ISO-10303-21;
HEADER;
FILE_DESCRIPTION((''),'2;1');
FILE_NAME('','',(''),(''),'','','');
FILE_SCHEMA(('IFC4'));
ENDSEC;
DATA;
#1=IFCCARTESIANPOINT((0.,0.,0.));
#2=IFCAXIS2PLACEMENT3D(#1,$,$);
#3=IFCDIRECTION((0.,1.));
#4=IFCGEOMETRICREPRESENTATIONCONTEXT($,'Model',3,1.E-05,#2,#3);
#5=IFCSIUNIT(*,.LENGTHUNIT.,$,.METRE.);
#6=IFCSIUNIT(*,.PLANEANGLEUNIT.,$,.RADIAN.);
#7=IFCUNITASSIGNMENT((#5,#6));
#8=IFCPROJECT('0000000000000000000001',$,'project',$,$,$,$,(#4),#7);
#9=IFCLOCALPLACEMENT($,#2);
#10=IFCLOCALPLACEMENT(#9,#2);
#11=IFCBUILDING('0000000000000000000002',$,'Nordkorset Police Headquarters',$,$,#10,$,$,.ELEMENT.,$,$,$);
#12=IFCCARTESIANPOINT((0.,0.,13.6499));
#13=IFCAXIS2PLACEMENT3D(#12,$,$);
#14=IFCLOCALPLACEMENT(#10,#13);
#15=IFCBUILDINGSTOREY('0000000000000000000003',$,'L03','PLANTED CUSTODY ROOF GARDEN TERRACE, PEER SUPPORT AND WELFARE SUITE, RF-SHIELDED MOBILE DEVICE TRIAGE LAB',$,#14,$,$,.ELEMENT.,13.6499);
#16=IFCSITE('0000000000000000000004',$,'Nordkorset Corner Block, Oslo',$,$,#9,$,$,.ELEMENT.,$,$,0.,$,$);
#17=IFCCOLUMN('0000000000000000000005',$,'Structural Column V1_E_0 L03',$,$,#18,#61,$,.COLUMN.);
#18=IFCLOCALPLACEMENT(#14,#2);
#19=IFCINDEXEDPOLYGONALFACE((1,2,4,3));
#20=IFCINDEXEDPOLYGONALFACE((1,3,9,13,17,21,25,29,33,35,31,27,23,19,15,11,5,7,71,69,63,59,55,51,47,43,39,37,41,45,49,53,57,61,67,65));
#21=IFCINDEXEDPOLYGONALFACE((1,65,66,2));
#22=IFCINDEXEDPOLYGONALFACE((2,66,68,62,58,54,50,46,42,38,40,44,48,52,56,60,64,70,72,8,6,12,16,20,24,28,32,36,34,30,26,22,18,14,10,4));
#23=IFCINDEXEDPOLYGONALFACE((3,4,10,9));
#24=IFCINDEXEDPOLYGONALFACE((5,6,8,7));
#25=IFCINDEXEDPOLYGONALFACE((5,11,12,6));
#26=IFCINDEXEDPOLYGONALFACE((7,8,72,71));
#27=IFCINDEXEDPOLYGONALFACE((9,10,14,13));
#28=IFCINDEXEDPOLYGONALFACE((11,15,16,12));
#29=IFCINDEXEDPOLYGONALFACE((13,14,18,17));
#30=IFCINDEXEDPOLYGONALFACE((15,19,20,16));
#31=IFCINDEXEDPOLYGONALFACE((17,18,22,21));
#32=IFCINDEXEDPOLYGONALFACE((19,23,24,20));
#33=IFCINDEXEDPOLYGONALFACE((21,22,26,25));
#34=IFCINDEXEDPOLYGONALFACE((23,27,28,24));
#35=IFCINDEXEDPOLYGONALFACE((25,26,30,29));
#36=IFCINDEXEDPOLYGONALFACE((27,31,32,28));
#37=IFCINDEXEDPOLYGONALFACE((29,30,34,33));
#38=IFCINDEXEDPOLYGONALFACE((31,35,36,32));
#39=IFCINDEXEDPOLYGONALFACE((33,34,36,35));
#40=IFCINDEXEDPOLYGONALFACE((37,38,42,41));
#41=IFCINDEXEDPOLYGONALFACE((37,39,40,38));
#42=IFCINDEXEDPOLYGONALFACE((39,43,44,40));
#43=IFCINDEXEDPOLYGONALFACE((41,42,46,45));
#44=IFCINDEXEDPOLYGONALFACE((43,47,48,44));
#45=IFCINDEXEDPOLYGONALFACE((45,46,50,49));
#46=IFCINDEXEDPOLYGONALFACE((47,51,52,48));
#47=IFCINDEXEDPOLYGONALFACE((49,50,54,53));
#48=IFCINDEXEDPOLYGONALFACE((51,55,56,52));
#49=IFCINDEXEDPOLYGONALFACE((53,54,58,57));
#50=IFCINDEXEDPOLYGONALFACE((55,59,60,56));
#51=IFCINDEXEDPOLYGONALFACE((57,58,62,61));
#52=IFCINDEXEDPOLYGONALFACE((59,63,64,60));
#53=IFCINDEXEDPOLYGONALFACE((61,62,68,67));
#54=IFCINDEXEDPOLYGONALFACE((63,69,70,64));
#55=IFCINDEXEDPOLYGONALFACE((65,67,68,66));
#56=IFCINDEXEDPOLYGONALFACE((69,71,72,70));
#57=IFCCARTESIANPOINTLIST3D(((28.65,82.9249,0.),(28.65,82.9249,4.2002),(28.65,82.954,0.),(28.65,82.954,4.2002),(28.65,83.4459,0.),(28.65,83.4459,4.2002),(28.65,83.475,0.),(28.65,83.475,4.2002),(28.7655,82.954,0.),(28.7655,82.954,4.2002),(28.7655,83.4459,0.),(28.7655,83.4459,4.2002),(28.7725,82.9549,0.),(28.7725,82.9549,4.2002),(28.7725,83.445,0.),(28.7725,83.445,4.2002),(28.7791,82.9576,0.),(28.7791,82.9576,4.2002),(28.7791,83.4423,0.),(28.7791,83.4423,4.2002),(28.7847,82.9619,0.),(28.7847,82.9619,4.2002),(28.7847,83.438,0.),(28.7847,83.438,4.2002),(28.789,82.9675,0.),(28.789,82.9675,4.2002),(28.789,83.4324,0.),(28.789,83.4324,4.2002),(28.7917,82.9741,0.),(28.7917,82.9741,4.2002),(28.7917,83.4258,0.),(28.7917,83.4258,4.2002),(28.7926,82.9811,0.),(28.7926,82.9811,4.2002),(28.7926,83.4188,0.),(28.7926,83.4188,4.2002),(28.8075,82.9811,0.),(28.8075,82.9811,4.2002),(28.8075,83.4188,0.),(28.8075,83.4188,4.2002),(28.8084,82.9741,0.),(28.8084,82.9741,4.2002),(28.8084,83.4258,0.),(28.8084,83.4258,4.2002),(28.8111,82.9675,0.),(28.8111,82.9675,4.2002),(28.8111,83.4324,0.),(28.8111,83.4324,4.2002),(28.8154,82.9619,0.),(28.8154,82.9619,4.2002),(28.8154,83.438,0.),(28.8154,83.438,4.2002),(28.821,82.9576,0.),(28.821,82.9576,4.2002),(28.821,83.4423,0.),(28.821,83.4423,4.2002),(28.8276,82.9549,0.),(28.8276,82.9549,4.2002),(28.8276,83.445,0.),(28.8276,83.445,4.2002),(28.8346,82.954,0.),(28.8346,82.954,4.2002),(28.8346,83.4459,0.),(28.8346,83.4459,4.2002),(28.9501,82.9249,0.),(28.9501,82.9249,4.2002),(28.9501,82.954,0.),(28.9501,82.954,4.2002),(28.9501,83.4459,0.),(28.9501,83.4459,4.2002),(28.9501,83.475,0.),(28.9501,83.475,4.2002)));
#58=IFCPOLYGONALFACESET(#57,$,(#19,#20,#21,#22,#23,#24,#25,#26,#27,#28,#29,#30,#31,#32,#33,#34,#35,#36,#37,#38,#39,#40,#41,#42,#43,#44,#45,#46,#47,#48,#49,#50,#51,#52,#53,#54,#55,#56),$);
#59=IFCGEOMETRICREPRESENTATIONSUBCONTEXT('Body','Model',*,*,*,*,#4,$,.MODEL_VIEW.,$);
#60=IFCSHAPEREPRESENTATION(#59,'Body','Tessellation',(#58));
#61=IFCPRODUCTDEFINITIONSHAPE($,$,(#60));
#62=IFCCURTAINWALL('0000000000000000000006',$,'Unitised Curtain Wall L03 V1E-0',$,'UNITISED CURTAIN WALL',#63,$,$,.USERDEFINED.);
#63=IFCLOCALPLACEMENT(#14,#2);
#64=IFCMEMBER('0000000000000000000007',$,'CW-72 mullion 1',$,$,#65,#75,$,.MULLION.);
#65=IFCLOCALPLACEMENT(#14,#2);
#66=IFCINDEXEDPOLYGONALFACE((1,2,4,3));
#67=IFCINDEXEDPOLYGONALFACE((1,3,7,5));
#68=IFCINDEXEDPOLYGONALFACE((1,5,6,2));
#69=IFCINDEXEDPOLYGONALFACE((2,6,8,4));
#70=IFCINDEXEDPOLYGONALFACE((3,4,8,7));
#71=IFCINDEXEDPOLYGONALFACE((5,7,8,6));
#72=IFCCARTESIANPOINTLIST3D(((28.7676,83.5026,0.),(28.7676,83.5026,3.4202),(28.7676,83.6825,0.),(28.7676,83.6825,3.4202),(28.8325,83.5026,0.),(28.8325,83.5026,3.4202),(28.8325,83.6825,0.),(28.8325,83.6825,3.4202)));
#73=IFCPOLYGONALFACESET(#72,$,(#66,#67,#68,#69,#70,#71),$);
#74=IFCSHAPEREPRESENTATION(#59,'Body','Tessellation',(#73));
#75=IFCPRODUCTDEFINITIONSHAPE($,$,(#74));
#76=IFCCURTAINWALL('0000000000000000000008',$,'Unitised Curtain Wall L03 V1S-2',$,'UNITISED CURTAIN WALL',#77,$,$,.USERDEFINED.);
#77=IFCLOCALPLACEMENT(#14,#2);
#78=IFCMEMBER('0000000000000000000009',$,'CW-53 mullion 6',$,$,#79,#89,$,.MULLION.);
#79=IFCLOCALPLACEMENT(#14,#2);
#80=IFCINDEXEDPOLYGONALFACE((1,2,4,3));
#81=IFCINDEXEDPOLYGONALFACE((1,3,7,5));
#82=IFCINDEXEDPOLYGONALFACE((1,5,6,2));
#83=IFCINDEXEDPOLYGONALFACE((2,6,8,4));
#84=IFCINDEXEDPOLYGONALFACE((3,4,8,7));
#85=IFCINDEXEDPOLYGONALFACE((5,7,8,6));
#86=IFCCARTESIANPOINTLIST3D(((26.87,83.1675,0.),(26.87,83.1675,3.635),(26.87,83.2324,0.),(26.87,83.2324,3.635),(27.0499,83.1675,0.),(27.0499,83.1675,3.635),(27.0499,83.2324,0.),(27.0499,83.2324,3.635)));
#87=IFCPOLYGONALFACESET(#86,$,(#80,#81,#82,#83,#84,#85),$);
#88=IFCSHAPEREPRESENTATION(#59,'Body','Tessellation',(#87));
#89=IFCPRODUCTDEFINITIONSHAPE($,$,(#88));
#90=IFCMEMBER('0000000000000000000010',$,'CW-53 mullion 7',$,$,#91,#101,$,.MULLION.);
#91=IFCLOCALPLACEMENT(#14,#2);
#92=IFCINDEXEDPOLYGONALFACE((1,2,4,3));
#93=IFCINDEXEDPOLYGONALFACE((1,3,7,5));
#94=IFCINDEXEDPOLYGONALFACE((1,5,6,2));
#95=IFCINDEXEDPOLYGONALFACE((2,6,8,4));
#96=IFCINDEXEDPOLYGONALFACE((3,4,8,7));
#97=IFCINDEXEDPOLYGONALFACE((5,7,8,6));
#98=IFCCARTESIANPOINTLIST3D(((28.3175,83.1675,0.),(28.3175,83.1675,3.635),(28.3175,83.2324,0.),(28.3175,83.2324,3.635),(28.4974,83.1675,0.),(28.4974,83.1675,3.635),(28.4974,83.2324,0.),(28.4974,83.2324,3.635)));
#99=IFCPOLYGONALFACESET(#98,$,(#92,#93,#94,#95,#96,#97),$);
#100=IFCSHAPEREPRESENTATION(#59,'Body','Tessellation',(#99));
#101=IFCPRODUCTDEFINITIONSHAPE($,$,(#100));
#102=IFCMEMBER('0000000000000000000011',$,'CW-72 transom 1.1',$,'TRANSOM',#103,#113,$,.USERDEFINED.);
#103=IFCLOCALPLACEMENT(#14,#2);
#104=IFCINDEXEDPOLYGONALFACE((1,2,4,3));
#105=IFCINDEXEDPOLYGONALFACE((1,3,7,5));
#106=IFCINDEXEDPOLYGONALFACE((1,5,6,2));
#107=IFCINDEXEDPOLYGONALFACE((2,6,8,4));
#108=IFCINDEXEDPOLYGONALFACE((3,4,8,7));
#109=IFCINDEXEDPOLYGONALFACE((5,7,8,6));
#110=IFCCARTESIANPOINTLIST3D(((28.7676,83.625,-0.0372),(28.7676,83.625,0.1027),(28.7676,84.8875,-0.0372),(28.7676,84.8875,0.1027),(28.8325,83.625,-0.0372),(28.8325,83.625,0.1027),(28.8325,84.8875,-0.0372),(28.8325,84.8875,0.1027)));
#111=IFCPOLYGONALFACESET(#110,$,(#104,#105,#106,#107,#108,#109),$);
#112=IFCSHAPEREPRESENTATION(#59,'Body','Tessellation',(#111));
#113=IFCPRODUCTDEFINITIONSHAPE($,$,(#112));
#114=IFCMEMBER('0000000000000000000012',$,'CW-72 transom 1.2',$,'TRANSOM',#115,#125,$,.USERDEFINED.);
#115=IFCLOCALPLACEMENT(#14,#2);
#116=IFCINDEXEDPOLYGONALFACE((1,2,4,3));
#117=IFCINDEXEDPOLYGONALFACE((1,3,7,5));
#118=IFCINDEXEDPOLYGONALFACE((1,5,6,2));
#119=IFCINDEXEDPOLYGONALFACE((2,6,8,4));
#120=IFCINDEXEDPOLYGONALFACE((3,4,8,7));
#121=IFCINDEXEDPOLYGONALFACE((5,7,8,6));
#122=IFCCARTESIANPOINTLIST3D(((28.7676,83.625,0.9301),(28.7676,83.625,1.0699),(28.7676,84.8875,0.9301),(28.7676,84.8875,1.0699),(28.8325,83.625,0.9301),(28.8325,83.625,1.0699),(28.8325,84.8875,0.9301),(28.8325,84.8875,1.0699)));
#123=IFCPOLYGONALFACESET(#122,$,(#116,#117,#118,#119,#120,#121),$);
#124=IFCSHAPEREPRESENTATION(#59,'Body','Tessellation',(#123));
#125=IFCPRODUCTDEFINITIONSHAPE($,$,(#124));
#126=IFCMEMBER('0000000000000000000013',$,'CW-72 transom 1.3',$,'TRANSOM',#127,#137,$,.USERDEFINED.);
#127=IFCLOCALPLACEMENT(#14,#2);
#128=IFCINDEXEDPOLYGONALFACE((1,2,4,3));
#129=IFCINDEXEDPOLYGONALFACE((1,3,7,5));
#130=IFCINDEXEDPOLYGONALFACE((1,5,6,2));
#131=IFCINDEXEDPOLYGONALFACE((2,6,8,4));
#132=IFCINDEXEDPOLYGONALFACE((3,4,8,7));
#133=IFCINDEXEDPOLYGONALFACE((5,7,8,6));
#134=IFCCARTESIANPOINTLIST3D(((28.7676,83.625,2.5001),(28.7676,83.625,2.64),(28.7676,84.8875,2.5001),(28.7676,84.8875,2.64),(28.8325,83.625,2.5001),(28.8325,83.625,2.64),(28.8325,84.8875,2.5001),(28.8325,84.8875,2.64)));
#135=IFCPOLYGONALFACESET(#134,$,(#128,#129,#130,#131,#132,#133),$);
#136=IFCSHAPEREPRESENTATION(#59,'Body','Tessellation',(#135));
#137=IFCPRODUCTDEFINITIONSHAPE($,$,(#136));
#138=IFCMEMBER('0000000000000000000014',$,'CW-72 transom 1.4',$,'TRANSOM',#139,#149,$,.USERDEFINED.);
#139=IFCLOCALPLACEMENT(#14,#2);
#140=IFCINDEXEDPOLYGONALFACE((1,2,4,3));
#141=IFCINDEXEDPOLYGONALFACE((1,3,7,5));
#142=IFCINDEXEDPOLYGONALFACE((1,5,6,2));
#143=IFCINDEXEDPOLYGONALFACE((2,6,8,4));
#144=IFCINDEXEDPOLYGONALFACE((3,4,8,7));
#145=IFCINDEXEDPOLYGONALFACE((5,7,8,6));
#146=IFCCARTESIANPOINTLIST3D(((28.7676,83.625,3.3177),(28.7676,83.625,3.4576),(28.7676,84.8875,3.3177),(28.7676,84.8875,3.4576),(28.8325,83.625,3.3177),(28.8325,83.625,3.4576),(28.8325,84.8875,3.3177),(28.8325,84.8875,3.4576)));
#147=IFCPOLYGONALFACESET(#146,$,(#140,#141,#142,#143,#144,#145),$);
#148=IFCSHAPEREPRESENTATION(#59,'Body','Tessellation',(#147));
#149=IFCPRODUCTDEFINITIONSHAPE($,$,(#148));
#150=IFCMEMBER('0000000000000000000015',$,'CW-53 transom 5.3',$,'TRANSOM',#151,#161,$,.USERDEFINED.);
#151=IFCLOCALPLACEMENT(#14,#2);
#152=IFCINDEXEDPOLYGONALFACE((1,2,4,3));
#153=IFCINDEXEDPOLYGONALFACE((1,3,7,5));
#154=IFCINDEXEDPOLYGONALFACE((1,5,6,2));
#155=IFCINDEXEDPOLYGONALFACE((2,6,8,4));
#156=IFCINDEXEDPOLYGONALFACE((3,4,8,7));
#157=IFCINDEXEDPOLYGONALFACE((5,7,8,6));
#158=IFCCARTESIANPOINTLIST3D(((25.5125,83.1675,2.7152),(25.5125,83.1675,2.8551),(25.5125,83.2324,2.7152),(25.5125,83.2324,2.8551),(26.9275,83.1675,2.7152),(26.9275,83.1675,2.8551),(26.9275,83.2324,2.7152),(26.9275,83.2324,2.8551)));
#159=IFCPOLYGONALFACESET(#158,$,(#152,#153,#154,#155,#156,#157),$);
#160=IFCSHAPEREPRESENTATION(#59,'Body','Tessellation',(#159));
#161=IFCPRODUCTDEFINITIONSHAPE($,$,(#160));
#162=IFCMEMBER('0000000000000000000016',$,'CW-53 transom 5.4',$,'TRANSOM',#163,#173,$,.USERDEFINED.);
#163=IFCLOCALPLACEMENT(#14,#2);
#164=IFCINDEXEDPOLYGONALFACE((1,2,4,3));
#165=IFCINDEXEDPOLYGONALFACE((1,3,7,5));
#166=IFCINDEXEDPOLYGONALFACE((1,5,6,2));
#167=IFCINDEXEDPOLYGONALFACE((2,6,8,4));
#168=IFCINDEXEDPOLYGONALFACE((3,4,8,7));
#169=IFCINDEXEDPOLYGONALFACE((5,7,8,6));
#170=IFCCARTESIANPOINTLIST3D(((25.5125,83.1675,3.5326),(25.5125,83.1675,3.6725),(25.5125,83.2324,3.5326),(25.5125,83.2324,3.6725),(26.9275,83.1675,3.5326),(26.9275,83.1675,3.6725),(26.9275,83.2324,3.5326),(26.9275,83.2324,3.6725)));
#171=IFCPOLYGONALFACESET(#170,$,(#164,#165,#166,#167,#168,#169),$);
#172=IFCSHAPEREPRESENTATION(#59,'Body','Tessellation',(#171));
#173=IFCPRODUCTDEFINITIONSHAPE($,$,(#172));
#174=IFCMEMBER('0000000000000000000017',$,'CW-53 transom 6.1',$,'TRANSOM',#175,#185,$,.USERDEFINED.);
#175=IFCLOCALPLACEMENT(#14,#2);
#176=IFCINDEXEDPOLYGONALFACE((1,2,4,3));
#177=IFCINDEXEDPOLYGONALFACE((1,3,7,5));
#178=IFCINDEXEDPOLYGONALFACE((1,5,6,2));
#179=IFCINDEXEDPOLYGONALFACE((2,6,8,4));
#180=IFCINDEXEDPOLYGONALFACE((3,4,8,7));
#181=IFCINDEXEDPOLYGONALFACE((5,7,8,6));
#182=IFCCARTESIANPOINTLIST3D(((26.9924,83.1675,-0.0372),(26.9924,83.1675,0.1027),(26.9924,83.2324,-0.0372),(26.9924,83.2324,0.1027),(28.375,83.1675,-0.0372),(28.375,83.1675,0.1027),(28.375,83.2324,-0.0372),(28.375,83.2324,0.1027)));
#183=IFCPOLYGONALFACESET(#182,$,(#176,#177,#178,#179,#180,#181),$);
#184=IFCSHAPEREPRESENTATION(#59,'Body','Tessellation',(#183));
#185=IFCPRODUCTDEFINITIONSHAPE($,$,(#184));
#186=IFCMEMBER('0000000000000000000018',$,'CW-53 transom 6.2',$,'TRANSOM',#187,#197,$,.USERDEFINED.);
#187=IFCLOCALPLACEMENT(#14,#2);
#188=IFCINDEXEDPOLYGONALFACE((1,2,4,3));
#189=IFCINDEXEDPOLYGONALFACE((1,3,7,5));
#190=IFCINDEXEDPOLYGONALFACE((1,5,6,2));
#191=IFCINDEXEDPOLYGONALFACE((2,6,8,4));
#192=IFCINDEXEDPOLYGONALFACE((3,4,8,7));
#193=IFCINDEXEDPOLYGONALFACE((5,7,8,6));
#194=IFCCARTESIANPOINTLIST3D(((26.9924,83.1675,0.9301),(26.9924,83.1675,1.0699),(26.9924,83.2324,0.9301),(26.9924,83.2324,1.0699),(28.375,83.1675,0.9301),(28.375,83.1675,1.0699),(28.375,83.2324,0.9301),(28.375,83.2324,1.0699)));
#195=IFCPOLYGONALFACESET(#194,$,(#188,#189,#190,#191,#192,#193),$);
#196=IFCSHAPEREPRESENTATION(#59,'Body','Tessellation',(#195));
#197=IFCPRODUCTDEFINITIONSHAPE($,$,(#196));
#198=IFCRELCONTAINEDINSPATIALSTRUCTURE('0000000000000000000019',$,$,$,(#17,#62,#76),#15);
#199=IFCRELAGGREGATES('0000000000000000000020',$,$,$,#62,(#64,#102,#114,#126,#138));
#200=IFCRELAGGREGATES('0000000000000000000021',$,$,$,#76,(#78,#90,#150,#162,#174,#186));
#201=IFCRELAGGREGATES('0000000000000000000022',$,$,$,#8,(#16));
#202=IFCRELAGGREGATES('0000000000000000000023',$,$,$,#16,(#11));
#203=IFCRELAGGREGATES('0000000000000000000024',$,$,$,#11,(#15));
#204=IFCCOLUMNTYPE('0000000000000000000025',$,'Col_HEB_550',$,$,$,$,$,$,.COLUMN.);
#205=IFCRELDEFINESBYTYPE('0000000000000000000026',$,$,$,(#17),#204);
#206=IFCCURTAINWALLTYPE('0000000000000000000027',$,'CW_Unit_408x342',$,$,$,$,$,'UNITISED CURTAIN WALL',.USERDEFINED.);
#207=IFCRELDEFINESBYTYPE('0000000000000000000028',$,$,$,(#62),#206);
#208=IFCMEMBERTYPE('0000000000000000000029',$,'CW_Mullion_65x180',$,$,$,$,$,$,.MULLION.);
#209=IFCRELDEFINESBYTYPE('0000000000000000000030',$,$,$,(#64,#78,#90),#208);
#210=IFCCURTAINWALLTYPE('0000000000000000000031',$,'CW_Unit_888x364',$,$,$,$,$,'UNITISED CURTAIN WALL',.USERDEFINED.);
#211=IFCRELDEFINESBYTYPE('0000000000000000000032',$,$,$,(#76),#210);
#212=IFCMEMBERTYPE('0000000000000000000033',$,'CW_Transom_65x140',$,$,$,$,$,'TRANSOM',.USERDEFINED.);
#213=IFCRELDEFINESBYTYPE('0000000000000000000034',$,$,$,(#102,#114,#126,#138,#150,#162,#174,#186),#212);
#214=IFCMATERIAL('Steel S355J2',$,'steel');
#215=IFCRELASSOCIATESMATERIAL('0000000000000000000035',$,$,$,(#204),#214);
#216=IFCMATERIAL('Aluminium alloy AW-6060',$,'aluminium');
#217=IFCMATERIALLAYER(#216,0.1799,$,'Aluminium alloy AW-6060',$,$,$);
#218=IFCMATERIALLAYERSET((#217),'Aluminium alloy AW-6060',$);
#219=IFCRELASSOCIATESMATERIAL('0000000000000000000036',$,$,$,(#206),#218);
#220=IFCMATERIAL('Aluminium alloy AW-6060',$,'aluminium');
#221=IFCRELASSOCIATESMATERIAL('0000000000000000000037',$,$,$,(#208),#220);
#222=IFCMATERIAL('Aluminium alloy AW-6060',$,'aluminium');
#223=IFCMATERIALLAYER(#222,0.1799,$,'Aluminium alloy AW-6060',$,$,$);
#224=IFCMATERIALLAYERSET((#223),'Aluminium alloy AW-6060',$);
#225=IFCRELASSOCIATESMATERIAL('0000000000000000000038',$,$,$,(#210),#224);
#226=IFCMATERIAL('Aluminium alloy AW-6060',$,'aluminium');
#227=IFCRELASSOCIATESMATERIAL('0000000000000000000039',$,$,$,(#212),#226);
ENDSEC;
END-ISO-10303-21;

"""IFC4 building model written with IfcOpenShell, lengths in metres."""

from ifc_helpers import new_model, si_unit, direction, frame, origin, origin_2d, place, context, subcontext, project, spatial, rectangle, i_section, extrude, material, layer, layer_set, material_profile, profile_set, type_object, element, aggregate, save


model = new_model("IFC4")

# Units and contexts
model_context = context("Model", 3, precision=1e-05, world=origin(), true_north=direction((0.0, 1.0)))
body_context = subcontext(model_context, "Body", "Model", "MODEL_VIEW")
ifc_project = project(units=[si_unit("LENGTHUNIT", "METRE"), si_unit("PLANEANGLEUNIT", "RADIAN")], contexts=[model_context])

# Site, building, storey
site_placement = place(None, origin())
site = spatial("IfcSite", under=ifc_project, at=site_placement, Name="Nordkorset Corner Block, Oslo", CompositionType="ELEMENT", RefElevation=0.0)
building_placement = place(site_placement, origin())
building = spatial("IfcBuilding", under=site, at=building_placement, Name="Nordkorset Police Headquarters", CompositionType="ELEMENT")
storey_placement = place(building_placement, frame((0.0, 0.0, 13.6499)))
storey = spatial("IfcBuildingStorey", under=building, at=storey_placement, Name="L03", Description="PLANTED CUSTODY ROOF GARDEN TERRACE, PEER SUPPORT AND WELFARE SUITE, RF-SHIELDED MOBILE DEVICE TRIAGE LAB", CompositionType="ELEMENT", Elevation=13.6499)

# Column
ifc_material_1 = material(Name="Steel S355J2", Category="steel")
ifc_material_profile_1 = material_profile(ifc_material_1, i_section(OverallWidth=0.3, OverallDepth=0.55, WebThickness=0.0149, FlangeThickness=0.0291, FilletRadius=0.0271, at=origin_2d()), Name="HEB 550")
ifc_profile_set_1 = profile_set([ifc_material_profile_1], Name="Steel S355J2")
column_type = type_object("IfcColumnType", Name="Col_HEB_550", PredefinedType="COLUMN", material=ifc_profile_set_1)
column_placement = place(storey_placement, frame((28.8, 83.2, 0.0), z_axis=(0.0, 0.0, 1.0), x_axis=(1.0, 0.0, 0.0)))
element("IfcColumn", 1, at=column_placement, inside=storey, type_object=column_type, Name="Structural Column V1_E_0 L03", PredefinedType="COLUMN", context=body_context, shape_type="SweptSolid", body=[
    extrude(i_section(OverallWidth=0.3, OverallDepth=0.55, WebThickness=0.0149, FlangeThickness=0.0291, FilletRadius=0.0271, at=origin_2d()), origin(), (0.0, 0.0, 1.0), 4.2002),
])

# Curtain wall, member
ifc_material_2 = material(Name="Aluminium alloy AW-6060", Category="aluminium")
ifc_layer_1 = layer(ifc_material_2, 0.1799, Name="Aluminium alloy AW-6060")
ifc_layer_set_1 = layer_set([ifc_layer_1], Name="Aluminium alloy AW-6060")
curtain_wall_type_1 = type_object("IfcCurtainWallType", Name="CW_Unit_408x342", ElementType="UNITISED CURTAIN WALL", PredefinedType="USERDEFINED", material=ifc_layer_set_1)
curtain_wall_1_placement = place(storey_placement, origin())
curtain_wall_1 = element("IfcCurtainWall", 2, at=curtain_wall_1_placement, inside=storey, type_object=curtain_wall_type_1, Name="Unitised Curtain Wall L03 V1E-0", ObjectType="UNITISED CURTAIN WALL", PredefinedType="USERDEFINED")
ifc_material_3 = material(Name="Aluminium alloy AW-6060", Category="aluminium")
ifc_material_profile_2 = material_profile(ifc_material_3, rectangle(XDim=0.0649, YDim=0.1799, at=origin_2d()), Name="ALU MULL 65x180")
ifc_profile_set_2 = profile_set([ifc_material_profile_2], Name="Aluminium alloy AW-6060")
member_type_1 = type_object("IfcMemberType", Name="CW_Mullion_65x180", PredefinedType="MULLION", material=ifc_profile_set_2)
member_1_placement = place(storey_placement, frame((28.8, 83.5925, 0.0), z_axis=(0.0, 0.0, 1.0), x_axis=(-1.0, 0.0, 0.0)))
member_1 = element("IfcMember", 3, at=member_1_placement, type_object=member_type_1, Name="CW-72 mullion 1", PredefinedType="MULLION", context=body_context, shape_type="SweptSolid", body=[
    extrude(rectangle(XDim=0.0649, YDim=0.1799, at=origin_2d()), origin(), (0.0, 0.0, 1.0), 3.4202),
])

# Curtain wall, members
ifc_material_4 = material(Name="Aluminium alloy AW-6060", Category="aluminium")
ifc_layer_2 = layer(ifc_material_4, 0.1799, Name="Aluminium alloy AW-6060")
ifc_layer_set_2 = layer_set([ifc_layer_2], Name="Aluminium alloy AW-6060")
curtain_wall_type_2 = type_object("IfcCurtainWallType", Name="CW_Unit_888x364", ElementType="UNITISED CURTAIN WALL", PredefinedType="USERDEFINED", material=ifc_layer_set_2)
curtain_wall_2_placement = place(storey_placement, origin())
curtain_wall_2 = element("IfcCurtainWall", 4, at=curtain_wall_2_placement, inside=storey, type_object=curtain_wall_type_2, Name="Unitised Curtain Wall L03 V1S-2", ObjectType="UNITISED CURTAIN WALL", PredefinedType="USERDEFINED")
member_2_placement = place(storey_placement, frame((26.96, 83.2, 0.0), z_axis=(0.0, 0.0, 1.0), x_axis=(0.0, 1.0, 0.0)))
member_2 = element("IfcMember", 5, at=member_2_placement, type_object=member_type_1, Name="CW-53 mullion 6", PredefinedType="MULLION", context=body_context, shape_type="SweptSolid", body=[
    extrude(rectangle(XDim=0.0649, YDim=0.1799, at=origin_2d()), origin(), (0.0, 0.0, 1.0), 3.635),
])
member_3_placement = place(storey_placement, frame((28.4075, 83.2, 0.0), z_axis=(0.0, 0.0, 1.0), x_axis=(0.0, 1.0, 0.0)))
member_3 = element("IfcMember", 6, at=member_3_placement, type_object=member_type_1, Name="CW-53 mullion 7", PredefinedType="MULLION", context=body_context, shape_type="SweptSolid", body=[
    extrude(rectangle(XDim=0.0649, YDim=0.1799, at=origin_2d()), origin(), (0.0, 0.0, 1.0), 3.635),
])

# Members
ifc_material_5 = material(Name="Aluminium alloy AW-6060", Category="aluminium")
ifc_material_profile_3 = material_profile(ifc_material_5, rectangle(XDim=0.0649, YDim=0.1399, at=origin_2d()), Name="ALU TRAN 65x140")
ifc_profile_set_3 = profile_set([ifc_material_profile_3], Name="Aluminium alloy AW-6060")
member_type_2 = type_object("IfcMemberType", Name="CW_Transom_65x140", ElementType="TRANSOM", PredefinedType="USERDEFINED", material=ifc_profile_set_3)
member_4_placement = place(storey_placement, frame((28.8, 83.625, 0.0327), z_axis=(0.0, 1.0, 0.0), x_axis=(-1.0, 0.0, 0.0)))
member_4 = element("IfcMember", 7, at=member_4_placement, type_object=member_type_2, Name="CW-72 transom 1.1", ObjectType="TRANSOM", PredefinedType="USERDEFINED", context=body_context, shape_type="SweptSolid", body=[
    extrude(rectangle(XDim=0.0649, YDim=0.1399, at=origin_2d()), origin(), (0.0, 0.0, 1.0), 1.2625),
])
member_5_placement = place(storey_placement, frame((28.8, 83.625, 1.0), z_axis=(0.0, 1.0, 0.0), x_axis=(-1.0, 0.0, 0.0)))
member_5 = element("IfcMember", 8, at=member_5_placement, type_object=member_type_2, Name="CW-72 transom 1.2", ObjectType="TRANSOM", PredefinedType="USERDEFINED", context=body_context, shape_type="SweptSolid", body=[
    extrude(rectangle(XDim=0.0649, YDim=0.1399, at=origin_2d()), origin(), (0.0, 0.0, 1.0), 1.2625),
])
member_6_placement = place(storey_placement, frame((28.8, 83.625, 2.5701), z_axis=(0.0, 1.0, 0.0), x_axis=(-1.0, 0.0, 0.0)))
member_6 = element("IfcMember", 9, at=member_6_placement, type_object=member_type_2, Name="CW-72 transom 1.3", ObjectType="TRANSOM", PredefinedType="USERDEFINED", context=body_context, shape_type="SweptSolid", body=[
    extrude(rectangle(XDim=0.0649, YDim=0.1399, at=origin_2d()), origin(), (0.0, 0.0, 1.0), 1.2625),
])
member_7_placement = place(storey_placement, frame((28.8, 83.625, 3.3877), z_axis=(0.0, 1.0, 0.0), x_axis=(-1.0, 0.0, 0.0)))
member_7 = element("IfcMember", 10, at=member_7_placement, type_object=member_type_2, Name="CW-72 transom 1.4", ObjectType="TRANSOM", PredefinedType="USERDEFINED", context=body_context, shape_type="SweptSolid", body=[
    extrude(rectangle(XDim=0.0649, YDim=0.1399, at=origin_2d()), origin(), (0.0, 0.0, 1.0), 1.2625),
])
aggregate(curtain_wall_1, [member_1, member_4, member_5, member_6, member_7])
member_8_placement = place(storey_placement, frame((25.5125, 83.2, 2.7852), z_axis=(1.0, 0.0, 0.0), x_axis=(0.0, 1.0, 0.0)))
member_8 = element("IfcMember", 11, at=member_8_placement, type_object=member_type_2, Name="CW-53 transom 5.3", ObjectType="TRANSOM", PredefinedType="USERDEFINED", context=body_context, shape_type="SweptSolid", body=[
    extrude(rectangle(XDim=0.0649, YDim=0.1399, at=origin_2d()), origin(), (0.0, 0.0, 1.0), 1.415),
])
member_9_placement = place(storey_placement, frame((25.5125, 83.2, 3.6025), z_axis=(1.0, 0.0, 0.0), x_axis=(0.0, 1.0, 0.0)))
member_9 = element("IfcMember", 12, at=member_9_placement, type_object=member_type_2, Name="CW-53 transom 5.4", ObjectType="TRANSOM", PredefinedType="USERDEFINED", context=body_context, shape_type="SweptSolid", body=[
    extrude(rectangle(XDim=0.0649, YDim=0.1399, at=origin_2d()), origin(), (0.0, 0.0, 1.0), 1.415),
])
member_10_placement = place(storey_placement, frame((26.9924, 83.2, 0.0327), z_axis=(1.0, 0.0, 0.0), x_axis=(0.0, 1.0, 0.0)))
member_10 = element("IfcMember", 13, at=member_10_placement, type_object=member_type_2, Name="CW-53 transom 6.1", ObjectType="TRANSOM", PredefinedType="USERDEFINED", context=body_context, shape_type="SweptSolid", body=[
    extrude(rectangle(XDim=0.0649, YDim=0.1399, at=origin_2d()), origin(), (0.0, 0.0, 1.0), 1.3826),
])
member_11_placement = place(storey_placement, frame((26.9924, 83.2, 1.0), z_axis=(1.0, 0.0, 0.0), x_axis=(0.0, 1.0, 0.0)))
member_11 = element("IfcMember", 14, at=member_11_placement, type_object=member_type_2, Name="CW-53 transom 6.2", ObjectType="TRANSOM", PredefinedType="USERDEFINED", context=body_context, shape_type="SweptSolid", body=[
    extrude(rectangle(XDim=0.0649, YDim=0.1399, at=origin_2d()), origin(), (0.0, 0.0, 1.0), 1.3826),
])

aggregate(curtain_wall_2, [member_2, member_3, member_8, member_9, member_10, member_11])

save(model, "model.ifc")
